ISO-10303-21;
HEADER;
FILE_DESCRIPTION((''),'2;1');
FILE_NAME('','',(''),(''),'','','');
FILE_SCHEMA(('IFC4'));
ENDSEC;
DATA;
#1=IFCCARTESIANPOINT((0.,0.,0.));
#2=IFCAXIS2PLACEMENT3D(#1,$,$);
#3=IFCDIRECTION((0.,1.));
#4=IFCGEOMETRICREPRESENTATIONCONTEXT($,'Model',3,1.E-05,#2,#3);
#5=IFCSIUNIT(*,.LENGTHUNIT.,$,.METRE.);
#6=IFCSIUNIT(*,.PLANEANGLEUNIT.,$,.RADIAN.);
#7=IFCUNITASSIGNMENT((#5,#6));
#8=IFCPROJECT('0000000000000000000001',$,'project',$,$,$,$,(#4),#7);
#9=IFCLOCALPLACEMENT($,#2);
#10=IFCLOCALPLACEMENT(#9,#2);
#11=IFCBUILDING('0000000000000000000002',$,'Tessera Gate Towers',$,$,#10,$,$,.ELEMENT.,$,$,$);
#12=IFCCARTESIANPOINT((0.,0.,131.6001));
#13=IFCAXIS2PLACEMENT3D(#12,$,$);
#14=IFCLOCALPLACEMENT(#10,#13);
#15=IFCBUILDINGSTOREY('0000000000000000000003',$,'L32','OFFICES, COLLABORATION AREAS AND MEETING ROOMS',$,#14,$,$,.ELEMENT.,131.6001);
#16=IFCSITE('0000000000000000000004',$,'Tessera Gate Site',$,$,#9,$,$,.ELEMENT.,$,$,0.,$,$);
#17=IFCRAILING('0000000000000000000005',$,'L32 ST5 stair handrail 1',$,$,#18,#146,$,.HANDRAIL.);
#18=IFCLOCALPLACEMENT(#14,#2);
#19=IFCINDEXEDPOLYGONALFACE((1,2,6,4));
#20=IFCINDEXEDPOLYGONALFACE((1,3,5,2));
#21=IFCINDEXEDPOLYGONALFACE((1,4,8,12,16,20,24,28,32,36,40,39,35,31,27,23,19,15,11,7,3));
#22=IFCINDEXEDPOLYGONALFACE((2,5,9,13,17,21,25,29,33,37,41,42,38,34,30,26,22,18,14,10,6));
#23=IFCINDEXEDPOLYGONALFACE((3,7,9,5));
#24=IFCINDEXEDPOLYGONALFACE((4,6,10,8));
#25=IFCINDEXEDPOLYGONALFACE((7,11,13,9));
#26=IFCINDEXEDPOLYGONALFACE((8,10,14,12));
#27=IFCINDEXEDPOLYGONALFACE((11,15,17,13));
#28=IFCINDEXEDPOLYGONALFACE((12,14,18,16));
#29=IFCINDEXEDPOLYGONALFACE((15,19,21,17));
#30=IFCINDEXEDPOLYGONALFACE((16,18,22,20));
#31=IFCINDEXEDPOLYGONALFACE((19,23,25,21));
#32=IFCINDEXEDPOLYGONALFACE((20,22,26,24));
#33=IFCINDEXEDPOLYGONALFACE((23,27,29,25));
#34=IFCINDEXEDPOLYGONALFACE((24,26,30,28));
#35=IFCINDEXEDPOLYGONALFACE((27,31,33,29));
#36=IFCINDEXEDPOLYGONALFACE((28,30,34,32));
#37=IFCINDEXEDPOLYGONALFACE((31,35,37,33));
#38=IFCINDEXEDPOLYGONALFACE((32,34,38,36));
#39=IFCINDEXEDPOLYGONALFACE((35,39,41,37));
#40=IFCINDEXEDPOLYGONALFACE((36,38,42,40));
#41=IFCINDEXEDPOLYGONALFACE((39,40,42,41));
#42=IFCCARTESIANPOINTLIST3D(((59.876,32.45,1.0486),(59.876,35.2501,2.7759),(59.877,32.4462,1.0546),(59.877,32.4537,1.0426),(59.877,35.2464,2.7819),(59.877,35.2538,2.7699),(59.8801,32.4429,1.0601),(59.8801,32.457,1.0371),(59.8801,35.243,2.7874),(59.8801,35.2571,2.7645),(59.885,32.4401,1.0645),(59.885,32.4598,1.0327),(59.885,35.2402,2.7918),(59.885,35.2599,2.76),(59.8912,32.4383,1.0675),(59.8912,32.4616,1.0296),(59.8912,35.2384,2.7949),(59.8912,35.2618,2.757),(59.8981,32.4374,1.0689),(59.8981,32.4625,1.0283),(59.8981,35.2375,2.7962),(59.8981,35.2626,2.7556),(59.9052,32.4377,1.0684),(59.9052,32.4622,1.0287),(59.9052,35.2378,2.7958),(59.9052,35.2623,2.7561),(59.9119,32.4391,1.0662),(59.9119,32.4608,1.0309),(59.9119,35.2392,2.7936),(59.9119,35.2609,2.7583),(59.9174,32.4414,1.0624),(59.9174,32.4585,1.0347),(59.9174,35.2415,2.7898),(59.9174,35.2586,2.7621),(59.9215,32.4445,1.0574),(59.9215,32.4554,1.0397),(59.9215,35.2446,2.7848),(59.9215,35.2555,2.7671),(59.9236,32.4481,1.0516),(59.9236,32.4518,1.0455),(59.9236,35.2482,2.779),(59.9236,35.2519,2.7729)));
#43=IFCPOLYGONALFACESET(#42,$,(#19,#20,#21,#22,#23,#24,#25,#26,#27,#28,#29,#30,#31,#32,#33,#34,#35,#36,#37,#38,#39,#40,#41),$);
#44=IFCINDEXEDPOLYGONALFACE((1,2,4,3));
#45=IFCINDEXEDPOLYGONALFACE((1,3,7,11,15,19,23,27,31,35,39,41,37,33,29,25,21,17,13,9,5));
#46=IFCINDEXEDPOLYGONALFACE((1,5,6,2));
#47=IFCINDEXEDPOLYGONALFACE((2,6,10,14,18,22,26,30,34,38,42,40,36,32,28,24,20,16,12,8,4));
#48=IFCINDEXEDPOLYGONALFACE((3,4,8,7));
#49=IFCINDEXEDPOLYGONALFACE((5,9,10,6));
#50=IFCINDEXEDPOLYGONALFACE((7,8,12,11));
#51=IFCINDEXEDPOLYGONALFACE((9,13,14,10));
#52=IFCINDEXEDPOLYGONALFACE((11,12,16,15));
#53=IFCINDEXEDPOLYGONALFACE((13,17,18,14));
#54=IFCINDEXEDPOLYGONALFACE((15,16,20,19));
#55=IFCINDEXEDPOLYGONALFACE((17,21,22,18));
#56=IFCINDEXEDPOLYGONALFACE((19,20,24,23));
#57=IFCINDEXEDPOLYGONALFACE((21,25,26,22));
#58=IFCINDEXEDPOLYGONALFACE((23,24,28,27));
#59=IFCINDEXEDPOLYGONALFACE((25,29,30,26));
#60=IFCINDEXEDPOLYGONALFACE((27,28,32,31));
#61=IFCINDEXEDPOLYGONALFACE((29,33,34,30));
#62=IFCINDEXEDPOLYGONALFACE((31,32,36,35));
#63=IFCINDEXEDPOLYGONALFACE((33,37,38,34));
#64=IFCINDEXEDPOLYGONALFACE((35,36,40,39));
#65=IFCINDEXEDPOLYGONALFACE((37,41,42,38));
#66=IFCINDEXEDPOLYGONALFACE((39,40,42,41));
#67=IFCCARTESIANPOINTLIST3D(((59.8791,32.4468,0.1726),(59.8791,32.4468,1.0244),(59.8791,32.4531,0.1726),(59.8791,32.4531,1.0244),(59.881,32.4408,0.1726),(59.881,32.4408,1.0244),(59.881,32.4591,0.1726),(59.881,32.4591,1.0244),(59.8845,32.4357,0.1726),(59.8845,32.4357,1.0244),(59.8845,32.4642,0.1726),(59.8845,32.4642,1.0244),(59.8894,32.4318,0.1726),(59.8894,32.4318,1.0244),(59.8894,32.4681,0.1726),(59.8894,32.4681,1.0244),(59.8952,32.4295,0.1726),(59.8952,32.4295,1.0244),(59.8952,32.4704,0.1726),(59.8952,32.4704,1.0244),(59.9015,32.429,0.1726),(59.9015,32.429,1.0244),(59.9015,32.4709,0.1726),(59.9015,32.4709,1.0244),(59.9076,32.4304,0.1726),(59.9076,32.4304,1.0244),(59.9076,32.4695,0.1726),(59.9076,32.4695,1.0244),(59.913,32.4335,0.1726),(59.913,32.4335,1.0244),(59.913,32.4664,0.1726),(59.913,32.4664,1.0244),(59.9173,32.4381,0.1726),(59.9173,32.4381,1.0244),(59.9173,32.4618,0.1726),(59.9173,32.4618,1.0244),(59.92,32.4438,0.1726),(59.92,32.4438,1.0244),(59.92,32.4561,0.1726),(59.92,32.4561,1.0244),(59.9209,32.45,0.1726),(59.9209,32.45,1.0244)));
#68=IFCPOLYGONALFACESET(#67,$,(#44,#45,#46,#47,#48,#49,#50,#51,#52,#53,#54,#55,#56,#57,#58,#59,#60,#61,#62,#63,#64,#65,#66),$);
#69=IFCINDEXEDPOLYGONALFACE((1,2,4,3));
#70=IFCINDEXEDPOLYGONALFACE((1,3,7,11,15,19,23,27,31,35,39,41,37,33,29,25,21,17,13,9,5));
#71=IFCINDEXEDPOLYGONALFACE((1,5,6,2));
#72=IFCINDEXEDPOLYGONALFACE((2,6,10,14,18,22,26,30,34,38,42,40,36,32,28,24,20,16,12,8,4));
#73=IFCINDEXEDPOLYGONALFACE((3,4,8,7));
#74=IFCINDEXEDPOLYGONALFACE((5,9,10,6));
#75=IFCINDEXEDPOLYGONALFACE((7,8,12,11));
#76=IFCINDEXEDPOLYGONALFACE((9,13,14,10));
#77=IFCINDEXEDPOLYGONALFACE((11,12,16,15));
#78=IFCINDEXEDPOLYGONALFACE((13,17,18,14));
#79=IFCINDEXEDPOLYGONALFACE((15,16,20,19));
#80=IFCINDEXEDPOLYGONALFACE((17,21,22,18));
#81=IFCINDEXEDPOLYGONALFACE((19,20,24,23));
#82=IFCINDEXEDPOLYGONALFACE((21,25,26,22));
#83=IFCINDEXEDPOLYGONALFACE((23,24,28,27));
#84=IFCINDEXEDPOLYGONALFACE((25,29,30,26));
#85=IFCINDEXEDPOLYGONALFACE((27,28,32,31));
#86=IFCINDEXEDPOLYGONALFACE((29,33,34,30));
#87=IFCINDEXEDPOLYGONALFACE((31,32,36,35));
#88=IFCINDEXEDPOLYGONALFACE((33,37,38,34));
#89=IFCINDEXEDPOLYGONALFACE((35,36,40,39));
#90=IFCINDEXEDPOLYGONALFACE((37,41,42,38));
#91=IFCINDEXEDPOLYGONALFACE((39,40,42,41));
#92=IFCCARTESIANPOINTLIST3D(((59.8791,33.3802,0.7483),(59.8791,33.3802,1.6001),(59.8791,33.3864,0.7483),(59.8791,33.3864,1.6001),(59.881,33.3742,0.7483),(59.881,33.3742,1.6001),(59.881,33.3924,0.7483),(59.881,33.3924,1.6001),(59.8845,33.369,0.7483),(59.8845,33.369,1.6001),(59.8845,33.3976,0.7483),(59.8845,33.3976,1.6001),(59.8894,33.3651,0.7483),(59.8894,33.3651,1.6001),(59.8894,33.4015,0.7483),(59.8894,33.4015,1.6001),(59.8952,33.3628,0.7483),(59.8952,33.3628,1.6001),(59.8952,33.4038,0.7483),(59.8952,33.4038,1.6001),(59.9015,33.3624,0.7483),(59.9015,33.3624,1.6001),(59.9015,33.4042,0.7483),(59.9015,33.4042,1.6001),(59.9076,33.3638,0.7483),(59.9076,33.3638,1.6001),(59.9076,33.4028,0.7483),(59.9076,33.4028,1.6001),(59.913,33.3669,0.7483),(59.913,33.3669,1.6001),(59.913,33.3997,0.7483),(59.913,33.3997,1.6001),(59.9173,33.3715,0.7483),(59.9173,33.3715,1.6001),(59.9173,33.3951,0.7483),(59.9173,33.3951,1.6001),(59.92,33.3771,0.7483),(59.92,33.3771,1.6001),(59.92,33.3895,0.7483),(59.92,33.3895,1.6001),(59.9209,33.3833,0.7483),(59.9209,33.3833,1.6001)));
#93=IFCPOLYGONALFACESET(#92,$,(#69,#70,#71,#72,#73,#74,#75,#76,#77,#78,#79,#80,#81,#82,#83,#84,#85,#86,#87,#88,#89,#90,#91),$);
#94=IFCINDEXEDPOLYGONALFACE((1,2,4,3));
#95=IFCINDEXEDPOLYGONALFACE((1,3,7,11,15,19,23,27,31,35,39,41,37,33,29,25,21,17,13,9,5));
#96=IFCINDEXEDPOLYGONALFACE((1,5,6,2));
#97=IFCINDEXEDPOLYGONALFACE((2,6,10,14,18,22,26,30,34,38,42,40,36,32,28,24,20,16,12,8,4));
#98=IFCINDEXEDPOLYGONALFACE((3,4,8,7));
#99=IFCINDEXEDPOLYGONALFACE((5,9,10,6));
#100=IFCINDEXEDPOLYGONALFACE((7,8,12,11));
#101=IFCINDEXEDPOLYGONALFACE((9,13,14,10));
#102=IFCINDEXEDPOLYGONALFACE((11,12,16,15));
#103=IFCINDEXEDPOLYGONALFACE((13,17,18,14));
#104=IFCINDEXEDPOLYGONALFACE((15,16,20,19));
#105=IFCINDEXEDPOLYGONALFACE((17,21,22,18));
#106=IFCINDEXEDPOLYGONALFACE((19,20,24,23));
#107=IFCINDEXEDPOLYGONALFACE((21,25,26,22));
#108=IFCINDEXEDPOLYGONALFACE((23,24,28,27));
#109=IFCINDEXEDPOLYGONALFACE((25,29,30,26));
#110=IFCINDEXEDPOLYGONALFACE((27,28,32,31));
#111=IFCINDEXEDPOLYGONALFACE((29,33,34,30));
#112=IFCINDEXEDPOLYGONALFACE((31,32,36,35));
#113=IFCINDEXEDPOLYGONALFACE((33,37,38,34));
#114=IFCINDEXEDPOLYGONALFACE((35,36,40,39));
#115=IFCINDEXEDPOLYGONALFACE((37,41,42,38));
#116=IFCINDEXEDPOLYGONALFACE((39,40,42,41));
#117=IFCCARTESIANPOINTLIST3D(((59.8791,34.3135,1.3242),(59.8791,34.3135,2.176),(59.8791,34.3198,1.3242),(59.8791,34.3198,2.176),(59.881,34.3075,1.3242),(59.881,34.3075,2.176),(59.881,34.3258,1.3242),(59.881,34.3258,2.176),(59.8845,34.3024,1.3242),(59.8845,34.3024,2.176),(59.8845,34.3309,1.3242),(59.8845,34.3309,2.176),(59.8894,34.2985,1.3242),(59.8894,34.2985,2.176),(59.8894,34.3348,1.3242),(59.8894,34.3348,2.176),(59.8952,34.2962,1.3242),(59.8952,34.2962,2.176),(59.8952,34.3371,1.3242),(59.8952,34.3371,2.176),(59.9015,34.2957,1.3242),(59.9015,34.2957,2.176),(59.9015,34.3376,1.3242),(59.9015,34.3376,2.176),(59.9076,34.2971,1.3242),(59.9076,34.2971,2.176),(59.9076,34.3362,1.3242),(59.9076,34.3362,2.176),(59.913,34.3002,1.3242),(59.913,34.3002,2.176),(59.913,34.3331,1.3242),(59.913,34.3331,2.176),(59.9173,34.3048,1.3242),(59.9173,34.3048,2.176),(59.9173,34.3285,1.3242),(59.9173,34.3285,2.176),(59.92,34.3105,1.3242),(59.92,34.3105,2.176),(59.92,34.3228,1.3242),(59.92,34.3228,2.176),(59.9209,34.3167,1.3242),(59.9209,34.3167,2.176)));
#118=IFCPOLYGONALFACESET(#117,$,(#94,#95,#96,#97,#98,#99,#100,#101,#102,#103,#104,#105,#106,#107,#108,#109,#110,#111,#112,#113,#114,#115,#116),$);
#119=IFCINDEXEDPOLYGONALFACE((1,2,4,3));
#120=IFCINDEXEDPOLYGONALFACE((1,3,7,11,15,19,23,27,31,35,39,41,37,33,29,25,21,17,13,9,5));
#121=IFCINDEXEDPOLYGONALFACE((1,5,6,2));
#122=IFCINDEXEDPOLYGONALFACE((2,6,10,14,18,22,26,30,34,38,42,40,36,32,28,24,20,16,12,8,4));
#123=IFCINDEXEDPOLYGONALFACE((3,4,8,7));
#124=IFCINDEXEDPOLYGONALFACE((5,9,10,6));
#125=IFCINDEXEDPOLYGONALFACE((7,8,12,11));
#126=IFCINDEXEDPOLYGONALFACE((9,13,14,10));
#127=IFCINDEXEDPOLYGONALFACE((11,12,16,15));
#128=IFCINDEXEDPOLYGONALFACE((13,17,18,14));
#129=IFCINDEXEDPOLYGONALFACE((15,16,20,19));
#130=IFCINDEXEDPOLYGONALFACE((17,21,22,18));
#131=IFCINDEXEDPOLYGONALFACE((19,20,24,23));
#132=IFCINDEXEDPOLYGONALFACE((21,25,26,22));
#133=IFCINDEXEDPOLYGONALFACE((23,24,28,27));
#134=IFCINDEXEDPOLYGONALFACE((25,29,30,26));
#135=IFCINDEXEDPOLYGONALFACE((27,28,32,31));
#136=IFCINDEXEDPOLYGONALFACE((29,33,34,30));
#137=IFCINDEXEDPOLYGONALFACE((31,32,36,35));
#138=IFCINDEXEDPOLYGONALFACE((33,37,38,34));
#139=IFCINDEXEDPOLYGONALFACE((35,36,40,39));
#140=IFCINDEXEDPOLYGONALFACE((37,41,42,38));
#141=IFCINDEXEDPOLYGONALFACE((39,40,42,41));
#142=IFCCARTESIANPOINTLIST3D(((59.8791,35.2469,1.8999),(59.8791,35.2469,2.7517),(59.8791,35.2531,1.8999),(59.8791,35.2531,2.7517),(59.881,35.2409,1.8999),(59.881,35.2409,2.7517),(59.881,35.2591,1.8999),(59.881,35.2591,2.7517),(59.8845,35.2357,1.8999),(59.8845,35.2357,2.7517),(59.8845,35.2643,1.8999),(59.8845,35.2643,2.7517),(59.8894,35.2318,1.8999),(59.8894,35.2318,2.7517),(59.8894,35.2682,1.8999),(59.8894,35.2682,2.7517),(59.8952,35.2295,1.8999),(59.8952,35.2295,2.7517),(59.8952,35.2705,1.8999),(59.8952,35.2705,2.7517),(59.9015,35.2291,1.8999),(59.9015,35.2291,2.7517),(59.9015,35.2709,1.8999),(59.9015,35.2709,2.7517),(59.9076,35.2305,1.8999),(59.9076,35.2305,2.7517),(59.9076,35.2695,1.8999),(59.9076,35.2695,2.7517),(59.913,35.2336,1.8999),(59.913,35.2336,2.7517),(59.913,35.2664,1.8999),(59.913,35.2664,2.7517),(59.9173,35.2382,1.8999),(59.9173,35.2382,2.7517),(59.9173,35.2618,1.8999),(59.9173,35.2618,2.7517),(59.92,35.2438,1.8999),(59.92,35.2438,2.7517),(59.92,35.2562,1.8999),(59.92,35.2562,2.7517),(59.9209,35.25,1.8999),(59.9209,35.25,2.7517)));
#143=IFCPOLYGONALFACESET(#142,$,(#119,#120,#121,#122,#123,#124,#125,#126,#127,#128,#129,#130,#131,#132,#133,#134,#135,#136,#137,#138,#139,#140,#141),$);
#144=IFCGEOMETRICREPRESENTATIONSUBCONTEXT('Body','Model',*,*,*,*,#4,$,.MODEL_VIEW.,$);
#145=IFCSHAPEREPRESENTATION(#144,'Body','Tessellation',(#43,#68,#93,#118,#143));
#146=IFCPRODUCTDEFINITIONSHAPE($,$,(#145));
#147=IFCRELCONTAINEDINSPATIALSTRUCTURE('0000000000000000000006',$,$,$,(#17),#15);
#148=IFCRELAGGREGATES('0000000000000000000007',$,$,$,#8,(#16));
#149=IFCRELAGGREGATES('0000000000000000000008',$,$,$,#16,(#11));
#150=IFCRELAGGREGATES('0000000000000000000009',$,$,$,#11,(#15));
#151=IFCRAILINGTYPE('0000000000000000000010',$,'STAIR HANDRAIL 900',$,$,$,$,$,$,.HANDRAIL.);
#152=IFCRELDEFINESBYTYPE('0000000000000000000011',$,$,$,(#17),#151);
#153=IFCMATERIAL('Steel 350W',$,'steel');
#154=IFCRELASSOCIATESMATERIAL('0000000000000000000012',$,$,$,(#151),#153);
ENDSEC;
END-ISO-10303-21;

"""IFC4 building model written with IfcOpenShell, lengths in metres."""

from ifc_helpers import new_model, si_unit, direction, frame, origin, origin_2d, place, context, subcontext, project, spatial, circle, extrude, material, type_object, element, save


model = new_model("IFC4")

# Units and contexts
model_context = context("Model", 3, precision=1e-05, world=origin(), true_north=direction((0.0, 1.0)))
body_context = subcontext(model_context, "Body", "Model", "MODEL_VIEW")
ifc_project = project(units=[si_unit("LENGTHUNIT", "METRE"), si_unit("PLANEANGLEUNIT", "RADIAN")], contexts=[model_context])

# Site, building, storey
site_placement = place(None, origin())
site = spatial("IfcSite", under=ifc_project, at=site_placement, Name="Tessera Gate Site", CompositionType="ELEMENT", RefElevation=0.0)
building_placement = place(site_placement, origin())
building = spatial("IfcBuilding", under=site, at=building_placement, Name="Tessera Gate Towers", CompositionType="ELEMENT")
storey_placement = place(building_placement, frame((0.0, 0.0, 131.6001)))
storey = spatial("IfcBuildingStorey", under=building, at=storey_placement, Name="L32", Description="OFFICES, COLLABORATION AREAS AND MEETING ROOMS", CompositionType="ELEMENT", Elevation=131.6001)

# Railing
ifc_material_1 = material(Name="Steel 350W", Category="steel")
railing_type_1 = type_object("IfcRailingType", Name="STAIR HANDRAIL 900", PredefinedType="HANDRAIL", material=ifc_material_1)
railing_1_placement = place(storey_placement, frame((59.8999, 32.45, 0.1726)))
element("IfcRailing", 1, at=railing_1_placement, inside=storey, type_object=railing_type_1, Name="L32 ST5 stair handrail 1", PredefinedType="HANDRAIL", context=body_context, shape_type="SweptSolid", body=[
    extrude(circle(Radius=0.0239, at=origin_2d()), frame((0.0, 0.0, 0.876), z_axis=(0.0, 0.85109, 0.52502), x_axis=(-1.0, 0.0, 0.0)), (0.0, 0.0, 1.0), 3.29),
    extrude(circle(Radius=0.021, at=origin_2d()), origin(), (0.0, 0.0, 1.0), 0.8518),
    extrude(circle(Radius=0.021, at=origin_2d()), frame((0.0, 0.9333, 0.5757)), (0.0, 0.0, 1.0), 0.8518),
    extrude(circle(Radius=0.021, at=origin_2d()), frame((0.0, 1.8667, 1.1516)), (0.0, 0.0, 1.0), 0.8518),
    extrude(circle(Radius=0.021, at=origin_2d()), frame((0.0, 2.8, 1.7273)), (0.0, 0.0, 1.0), 0.8518),
])

save(model, "model.ifc")
